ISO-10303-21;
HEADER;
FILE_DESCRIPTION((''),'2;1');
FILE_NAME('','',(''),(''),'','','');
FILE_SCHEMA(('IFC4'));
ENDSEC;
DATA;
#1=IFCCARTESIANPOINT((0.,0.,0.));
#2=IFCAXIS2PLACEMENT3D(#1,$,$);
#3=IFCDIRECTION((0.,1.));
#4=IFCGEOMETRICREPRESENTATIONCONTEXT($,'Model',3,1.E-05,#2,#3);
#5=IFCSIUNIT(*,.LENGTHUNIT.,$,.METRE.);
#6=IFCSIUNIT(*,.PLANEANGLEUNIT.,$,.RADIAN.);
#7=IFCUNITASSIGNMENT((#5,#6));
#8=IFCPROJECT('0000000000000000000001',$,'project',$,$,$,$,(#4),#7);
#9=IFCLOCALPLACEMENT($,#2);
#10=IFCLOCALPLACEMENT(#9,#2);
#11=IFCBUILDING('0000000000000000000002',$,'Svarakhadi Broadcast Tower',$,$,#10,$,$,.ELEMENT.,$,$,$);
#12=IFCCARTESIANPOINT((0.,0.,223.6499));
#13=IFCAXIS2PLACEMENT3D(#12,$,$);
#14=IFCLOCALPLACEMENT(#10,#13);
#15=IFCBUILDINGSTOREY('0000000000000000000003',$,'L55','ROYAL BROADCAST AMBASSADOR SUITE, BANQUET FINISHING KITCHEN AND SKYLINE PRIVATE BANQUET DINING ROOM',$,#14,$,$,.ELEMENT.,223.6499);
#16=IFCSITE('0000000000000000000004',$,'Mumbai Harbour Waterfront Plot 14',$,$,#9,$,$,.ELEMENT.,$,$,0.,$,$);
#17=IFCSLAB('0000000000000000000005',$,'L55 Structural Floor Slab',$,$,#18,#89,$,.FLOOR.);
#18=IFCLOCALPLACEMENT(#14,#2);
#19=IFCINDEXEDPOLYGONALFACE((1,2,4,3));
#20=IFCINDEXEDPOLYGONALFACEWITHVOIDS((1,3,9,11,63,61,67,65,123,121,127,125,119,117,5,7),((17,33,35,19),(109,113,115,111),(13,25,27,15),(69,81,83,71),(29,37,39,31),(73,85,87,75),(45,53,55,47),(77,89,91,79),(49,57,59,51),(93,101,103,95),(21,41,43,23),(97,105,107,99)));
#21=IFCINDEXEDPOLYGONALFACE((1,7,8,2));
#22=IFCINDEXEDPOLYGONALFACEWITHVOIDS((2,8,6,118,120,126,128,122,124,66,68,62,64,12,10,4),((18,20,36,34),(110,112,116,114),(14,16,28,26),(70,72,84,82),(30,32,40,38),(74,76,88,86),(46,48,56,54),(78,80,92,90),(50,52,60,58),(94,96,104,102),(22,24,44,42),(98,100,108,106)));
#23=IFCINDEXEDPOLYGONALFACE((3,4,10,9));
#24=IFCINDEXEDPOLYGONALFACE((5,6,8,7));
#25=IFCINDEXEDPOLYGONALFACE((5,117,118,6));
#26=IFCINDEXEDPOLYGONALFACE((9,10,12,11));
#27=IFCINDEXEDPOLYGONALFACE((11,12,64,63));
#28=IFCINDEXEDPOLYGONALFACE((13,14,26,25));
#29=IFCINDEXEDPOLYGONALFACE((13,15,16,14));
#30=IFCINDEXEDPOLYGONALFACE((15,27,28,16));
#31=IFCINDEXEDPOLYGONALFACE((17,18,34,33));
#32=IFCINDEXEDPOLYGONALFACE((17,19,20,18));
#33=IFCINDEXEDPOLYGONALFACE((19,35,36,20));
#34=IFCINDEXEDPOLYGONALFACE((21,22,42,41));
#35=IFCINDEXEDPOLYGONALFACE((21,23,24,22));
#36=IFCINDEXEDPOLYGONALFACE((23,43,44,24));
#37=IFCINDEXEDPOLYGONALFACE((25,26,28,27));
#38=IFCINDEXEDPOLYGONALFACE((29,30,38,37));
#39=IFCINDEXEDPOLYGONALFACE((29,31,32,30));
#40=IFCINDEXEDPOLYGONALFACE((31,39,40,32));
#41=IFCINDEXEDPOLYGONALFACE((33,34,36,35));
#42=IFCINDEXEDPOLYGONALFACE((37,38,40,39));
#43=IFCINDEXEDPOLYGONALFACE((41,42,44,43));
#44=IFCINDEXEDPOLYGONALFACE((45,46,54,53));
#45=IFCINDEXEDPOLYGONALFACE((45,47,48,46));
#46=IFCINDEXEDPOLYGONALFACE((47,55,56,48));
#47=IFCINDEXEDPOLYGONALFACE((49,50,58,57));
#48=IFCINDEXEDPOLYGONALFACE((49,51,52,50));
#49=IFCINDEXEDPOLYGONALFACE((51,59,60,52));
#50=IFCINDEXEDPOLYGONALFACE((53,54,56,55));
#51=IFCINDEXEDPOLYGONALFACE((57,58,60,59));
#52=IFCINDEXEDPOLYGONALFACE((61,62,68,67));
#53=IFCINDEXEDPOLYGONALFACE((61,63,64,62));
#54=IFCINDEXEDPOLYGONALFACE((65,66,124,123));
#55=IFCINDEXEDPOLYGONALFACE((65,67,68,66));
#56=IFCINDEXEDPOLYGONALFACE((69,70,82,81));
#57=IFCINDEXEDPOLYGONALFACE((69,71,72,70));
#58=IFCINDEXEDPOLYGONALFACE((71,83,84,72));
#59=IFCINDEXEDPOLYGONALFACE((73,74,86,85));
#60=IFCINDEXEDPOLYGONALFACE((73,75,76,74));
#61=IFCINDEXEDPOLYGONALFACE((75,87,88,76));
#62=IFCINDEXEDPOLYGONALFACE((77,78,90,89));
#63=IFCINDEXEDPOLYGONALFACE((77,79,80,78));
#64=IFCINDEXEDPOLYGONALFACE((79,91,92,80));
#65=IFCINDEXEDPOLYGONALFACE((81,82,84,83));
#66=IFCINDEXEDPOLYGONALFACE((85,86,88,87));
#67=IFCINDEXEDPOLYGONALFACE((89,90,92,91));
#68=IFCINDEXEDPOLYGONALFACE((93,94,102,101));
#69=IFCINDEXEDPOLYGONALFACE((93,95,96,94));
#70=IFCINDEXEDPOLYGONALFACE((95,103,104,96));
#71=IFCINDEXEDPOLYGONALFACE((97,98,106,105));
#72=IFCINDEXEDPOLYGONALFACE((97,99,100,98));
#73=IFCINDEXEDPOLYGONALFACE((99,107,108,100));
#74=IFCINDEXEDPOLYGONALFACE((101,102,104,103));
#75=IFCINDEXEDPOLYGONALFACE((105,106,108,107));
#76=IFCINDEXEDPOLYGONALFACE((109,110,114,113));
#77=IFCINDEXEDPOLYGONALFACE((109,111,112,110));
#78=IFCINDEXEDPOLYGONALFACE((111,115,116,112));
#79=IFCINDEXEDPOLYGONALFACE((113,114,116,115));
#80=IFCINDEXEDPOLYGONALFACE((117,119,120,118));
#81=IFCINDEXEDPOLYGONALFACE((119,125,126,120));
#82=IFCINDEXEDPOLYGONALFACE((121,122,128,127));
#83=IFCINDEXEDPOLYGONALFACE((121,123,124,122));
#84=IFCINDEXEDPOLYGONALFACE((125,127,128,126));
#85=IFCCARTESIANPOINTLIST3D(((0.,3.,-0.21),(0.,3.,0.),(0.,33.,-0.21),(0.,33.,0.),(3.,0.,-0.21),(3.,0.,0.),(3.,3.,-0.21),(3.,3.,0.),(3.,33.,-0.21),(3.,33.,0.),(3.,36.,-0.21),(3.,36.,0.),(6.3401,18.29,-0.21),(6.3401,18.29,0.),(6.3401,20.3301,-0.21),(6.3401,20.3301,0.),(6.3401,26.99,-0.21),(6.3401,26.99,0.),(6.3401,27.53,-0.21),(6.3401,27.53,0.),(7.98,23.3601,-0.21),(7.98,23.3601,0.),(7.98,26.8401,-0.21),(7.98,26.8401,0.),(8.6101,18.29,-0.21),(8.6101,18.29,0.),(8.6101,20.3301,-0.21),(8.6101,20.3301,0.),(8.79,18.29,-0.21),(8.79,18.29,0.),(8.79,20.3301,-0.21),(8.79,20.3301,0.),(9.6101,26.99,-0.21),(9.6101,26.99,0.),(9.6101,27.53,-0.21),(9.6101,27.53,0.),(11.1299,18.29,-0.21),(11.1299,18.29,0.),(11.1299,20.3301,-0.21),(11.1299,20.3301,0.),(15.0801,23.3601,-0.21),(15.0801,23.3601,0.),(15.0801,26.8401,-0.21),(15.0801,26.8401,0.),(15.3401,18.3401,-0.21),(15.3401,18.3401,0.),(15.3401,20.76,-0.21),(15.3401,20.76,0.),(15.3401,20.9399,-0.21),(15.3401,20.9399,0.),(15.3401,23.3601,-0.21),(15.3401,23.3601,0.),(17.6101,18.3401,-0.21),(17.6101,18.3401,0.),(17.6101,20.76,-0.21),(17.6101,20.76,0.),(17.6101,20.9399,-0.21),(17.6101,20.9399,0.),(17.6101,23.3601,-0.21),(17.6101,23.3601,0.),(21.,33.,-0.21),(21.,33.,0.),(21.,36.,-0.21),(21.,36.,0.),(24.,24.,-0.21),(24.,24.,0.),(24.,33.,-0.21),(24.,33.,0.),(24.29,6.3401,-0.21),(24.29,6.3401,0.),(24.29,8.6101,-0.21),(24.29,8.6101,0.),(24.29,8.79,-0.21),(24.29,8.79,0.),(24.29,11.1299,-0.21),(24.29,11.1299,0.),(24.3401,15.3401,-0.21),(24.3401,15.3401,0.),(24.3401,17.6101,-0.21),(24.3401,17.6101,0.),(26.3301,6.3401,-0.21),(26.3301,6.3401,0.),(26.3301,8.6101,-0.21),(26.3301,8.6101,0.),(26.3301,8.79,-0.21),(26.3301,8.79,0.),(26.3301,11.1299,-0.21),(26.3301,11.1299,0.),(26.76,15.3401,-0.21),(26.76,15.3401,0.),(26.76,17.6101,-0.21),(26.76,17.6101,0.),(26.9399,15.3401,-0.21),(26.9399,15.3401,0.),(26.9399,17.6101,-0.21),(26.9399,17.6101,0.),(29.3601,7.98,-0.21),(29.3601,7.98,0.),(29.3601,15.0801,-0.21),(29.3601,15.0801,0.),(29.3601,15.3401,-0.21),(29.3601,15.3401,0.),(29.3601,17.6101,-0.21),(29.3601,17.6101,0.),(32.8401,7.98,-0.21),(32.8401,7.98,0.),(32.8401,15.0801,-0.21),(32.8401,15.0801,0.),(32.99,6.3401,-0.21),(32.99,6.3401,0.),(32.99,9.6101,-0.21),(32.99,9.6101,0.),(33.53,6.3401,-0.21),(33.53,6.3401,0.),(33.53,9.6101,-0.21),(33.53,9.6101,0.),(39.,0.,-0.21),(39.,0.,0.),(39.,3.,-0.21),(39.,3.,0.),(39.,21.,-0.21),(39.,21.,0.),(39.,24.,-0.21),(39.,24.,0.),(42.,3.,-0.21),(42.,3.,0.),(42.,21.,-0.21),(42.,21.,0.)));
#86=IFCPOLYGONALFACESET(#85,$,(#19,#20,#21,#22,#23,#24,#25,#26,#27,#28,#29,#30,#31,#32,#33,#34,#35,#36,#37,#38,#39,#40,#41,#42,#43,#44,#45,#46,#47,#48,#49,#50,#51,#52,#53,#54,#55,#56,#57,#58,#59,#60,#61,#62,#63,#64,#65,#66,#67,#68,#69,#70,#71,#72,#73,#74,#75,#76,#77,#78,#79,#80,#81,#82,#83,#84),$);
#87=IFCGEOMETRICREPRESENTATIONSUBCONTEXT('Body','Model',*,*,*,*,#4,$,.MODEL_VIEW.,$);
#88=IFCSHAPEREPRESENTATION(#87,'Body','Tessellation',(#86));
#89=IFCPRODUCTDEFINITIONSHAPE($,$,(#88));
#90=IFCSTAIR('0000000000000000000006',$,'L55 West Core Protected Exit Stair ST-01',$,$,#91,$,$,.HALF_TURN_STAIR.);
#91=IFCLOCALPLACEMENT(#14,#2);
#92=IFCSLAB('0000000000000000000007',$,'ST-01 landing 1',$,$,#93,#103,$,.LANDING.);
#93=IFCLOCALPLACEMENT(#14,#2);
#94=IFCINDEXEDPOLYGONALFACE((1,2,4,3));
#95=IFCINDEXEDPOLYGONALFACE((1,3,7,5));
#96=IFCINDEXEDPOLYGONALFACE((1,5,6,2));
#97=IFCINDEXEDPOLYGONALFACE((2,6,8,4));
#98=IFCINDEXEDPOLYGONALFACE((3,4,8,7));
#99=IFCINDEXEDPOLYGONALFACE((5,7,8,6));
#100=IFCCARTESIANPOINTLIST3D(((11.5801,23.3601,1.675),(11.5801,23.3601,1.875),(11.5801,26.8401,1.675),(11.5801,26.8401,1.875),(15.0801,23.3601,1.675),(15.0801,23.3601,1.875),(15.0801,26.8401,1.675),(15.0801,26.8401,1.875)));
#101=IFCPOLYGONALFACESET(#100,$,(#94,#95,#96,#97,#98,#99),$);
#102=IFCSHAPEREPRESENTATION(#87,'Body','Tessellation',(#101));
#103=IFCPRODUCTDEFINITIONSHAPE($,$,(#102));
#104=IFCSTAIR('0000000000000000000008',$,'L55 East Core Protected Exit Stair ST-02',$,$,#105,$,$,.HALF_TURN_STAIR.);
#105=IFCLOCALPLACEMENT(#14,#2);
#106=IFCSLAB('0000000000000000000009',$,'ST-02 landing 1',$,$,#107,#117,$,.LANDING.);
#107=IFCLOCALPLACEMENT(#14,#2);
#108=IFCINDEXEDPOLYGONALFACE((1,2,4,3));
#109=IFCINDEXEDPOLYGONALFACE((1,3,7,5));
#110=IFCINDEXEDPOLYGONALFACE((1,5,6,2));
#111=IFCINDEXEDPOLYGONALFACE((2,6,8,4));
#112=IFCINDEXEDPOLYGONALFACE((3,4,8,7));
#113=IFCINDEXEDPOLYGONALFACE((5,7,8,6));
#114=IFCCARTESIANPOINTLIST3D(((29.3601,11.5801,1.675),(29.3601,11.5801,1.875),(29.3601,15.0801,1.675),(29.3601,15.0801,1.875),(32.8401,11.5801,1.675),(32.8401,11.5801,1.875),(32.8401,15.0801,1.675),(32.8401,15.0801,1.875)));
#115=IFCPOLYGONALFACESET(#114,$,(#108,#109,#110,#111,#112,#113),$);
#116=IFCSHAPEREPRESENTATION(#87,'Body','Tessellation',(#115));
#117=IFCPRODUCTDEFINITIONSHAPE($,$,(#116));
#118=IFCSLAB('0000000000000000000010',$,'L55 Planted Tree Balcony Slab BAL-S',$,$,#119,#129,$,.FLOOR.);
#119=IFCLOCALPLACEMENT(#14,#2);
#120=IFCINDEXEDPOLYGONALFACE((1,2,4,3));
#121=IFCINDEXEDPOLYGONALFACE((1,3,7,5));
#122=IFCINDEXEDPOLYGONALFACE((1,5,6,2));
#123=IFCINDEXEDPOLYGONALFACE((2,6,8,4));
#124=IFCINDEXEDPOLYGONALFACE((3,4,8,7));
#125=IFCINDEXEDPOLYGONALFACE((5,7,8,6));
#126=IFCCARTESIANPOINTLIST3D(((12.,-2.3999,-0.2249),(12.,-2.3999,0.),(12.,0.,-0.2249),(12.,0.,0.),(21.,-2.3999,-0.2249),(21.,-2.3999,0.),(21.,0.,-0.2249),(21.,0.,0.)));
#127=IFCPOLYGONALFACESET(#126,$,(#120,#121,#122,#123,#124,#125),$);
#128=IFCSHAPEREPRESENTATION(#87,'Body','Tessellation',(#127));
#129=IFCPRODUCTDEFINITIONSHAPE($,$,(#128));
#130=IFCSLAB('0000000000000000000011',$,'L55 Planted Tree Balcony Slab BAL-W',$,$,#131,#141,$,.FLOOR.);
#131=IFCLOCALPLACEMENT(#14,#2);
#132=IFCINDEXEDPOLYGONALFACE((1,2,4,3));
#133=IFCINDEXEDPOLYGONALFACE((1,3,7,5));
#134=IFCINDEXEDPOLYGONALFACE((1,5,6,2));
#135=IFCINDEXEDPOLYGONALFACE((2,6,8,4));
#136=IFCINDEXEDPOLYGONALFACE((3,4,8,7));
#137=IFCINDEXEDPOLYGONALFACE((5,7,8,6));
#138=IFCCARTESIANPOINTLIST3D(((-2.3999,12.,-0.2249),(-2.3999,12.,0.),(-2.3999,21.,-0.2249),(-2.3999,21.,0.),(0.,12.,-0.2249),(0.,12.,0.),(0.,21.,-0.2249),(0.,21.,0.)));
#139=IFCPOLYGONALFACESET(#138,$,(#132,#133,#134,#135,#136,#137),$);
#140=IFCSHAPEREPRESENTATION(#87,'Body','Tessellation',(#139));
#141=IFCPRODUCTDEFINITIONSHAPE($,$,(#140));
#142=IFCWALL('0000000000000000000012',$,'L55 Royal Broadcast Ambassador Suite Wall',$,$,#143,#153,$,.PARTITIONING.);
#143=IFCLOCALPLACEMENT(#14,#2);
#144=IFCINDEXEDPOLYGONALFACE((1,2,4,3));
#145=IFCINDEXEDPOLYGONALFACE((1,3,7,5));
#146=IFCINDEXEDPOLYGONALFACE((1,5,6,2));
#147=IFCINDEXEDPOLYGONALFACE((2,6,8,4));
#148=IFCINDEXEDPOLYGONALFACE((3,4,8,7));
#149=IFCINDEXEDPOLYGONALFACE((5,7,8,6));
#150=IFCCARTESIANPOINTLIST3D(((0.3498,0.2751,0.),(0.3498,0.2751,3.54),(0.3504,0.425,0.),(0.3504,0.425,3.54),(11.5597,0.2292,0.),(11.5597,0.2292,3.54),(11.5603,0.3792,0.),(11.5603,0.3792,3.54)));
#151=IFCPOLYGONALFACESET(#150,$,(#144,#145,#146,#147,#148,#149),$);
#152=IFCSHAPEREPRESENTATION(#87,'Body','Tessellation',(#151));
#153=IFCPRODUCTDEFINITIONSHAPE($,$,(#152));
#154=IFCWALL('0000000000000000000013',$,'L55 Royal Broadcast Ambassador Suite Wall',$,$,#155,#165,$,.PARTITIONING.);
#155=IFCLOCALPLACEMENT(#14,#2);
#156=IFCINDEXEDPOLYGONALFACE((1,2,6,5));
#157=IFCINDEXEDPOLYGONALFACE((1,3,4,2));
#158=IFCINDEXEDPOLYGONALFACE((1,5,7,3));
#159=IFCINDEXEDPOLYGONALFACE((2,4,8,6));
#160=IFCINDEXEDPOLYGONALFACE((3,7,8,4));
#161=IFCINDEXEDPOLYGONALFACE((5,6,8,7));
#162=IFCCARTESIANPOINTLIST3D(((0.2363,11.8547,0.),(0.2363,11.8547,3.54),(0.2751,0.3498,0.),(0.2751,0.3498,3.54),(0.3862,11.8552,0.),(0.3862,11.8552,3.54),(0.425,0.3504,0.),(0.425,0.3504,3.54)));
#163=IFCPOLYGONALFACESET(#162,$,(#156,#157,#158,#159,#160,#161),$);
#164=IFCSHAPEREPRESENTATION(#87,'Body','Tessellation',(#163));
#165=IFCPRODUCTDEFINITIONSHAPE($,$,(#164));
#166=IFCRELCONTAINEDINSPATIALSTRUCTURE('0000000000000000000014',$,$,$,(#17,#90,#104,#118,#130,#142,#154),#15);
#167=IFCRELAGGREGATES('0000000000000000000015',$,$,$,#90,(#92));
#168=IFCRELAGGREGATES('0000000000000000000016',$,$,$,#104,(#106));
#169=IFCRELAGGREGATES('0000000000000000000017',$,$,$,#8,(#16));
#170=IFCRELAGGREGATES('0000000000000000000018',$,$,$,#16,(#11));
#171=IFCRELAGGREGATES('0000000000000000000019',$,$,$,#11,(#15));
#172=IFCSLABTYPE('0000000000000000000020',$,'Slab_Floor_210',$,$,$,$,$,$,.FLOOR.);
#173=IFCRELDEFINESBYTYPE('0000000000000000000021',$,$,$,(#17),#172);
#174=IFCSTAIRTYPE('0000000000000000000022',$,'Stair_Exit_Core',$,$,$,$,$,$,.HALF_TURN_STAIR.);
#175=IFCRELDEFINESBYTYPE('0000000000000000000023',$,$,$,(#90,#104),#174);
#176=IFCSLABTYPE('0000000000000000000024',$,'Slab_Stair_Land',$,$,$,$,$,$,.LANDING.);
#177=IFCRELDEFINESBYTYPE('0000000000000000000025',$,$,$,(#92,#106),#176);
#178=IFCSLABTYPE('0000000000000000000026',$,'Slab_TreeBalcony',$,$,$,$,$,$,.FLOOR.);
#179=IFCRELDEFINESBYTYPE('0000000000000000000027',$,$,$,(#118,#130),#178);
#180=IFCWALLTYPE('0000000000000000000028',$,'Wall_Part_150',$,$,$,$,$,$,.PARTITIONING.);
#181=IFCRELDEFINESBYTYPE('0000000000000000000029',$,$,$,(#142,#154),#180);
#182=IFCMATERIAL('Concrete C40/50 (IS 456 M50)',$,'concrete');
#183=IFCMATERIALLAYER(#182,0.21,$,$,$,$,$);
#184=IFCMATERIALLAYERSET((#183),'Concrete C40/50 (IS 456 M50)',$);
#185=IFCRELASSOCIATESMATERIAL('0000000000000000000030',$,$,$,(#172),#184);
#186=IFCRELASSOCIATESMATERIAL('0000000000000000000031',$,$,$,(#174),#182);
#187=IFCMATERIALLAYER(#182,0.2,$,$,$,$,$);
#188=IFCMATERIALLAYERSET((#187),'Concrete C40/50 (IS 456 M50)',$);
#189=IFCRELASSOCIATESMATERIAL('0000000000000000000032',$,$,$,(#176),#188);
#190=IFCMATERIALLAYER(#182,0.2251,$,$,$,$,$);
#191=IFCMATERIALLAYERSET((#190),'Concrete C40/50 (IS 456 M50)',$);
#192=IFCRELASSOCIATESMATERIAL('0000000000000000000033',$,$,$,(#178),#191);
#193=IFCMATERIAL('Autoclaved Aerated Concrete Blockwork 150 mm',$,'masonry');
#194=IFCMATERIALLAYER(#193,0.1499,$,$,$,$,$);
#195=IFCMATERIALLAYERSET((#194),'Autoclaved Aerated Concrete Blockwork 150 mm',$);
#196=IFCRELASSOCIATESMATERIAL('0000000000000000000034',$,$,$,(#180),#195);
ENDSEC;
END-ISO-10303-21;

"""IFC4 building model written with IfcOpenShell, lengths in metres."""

from ifc_helpers import new_model, si_unit, direction, frame, frame_2d, origin, place, context, subcontext, project, spatial, polyline, rectangle, outline, extrude, material, layer, layer_set, type_object, element, aggregate, save


model = new_model("IFC4")

# Units and contexts
model_context = context("Model", 3, precision=1e-05, world=origin(), true_north=direction((0.0, 1.0)))
body_context = subcontext(model_context, "Body", "Model", "MODEL_VIEW")
ifc_project = project(units=[si_unit("LENGTHUNIT", "METRE"), si_unit("PLANEANGLEUNIT", "RADIAN")], contexts=[model_context])

# Site, building, storey
site_placement = place(None, origin())
site = spatial("IfcSite", under=ifc_project, at=site_placement, Name="Mumbai Harbour Waterfront Plot 14", CompositionType="ELEMENT", RefElevation=0.0)
building_placement = place(site_placement, origin())
building = spatial("IfcBuilding", under=site, at=building_placement, Name="Svarakhadi Broadcast Tower", CompositionType="ELEMENT")
storey_placement = place(building_placement, frame((0.0, 0.0, 223.6499)))
storey = spatial("IfcBuildingStorey", under=building, at=storey_placement, Name="L55", Description="ROYAL BROADCAST AMBASSADOR SUITE, BANQUET FINISHING KITCHEN AND SKYLINE PRIVATE BANQUET DINING ROOM", CompositionType="ELEMENT", Elevation=223.6499)

# Slab
ifc_material_1 = material(Name="Concrete C40/50 (IS 456 M50)", Category="concrete")
ifc_layer_1 = layer(ifc_material_1, 0.21)
ifc_layer_set_1 = layer_set([ifc_layer_1], Name="Concrete C40/50 (IS 456 M50)")
slab_type_1 = type_object("IfcSlabType", Name="Slab_Floor_210", PredefinedType="FLOOR", material=ifc_layer_set_1)
slab_1_placement = place(storey_placement, frame((0.0, 0.0, -0.21)))
element("IfcSlab", 1, at=slab_1_placement, inside=storey, type_object=slab_type_1, Name="L55 Structural Floor Slab", PredefinedType="FLOOR", context=body_context, shape_type="SweptSolid", body=[
    extrude(outline(polyline([(3.0, 0.0), (39.0, 0.0), (39.0, 3.0), (42.0, 3.0), (42.0, 21.0), (39.0, 21.0), (39.0, 24.0), (24.0, 24.0), (24.0, 33.0), (21.0, 33.0), (21.0, 36.0), (3.0, 36.0), (3.0, 33.0), (0.0, 33.0), (0.0, 3.0), (3.0, 3.0), (3.0, 0.0)]), holes=[polyline([(7.98, 23.3601), (15.0801, 23.3601), (15.0801, 26.8401), (7.98, 26.8401), (7.98, 23.3601)]), polyline([(32.8401, 7.98), (32.8401, 15.0801), (29.3601, 15.0801), (29.3601, 7.98), (32.8401, 7.98)]), polyline([(6.3401, 18.29), (8.6101, 18.29), (8.6101, 20.3301), (6.3401, 20.3301), (6.3401, 18.29)]), polyline([(8.79, 18.29), (11.1299, 18.29), (11.1299, 20.3301), (8.79, 20.3301), (8.79, 18.29)]), polyline([(24.29, 6.3401), (26.3301, 6.3401), (26.3301, 8.6101), (24.29, 8.6101), (24.29, 6.3401)]), polyline([(24.29, 8.79), (26.3301, 8.79), (26.3301, 11.1299), (24.29, 11.1299), (24.29, 8.79)]), polyline([(6.3401, 26.99), (9.6101, 26.99), (9.6101, 27.53), (6.3401, 27.53), (6.3401, 26.99)]), polyline([(32.99, 6.3401), (33.53, 6.3401), (33.53, 9.6101), (32.99, 9.6101), (32.99, 6.3401)]), polyline([(15.3401, 18.3401), (17.6101, 18.3401), (17.6101, 20.76), (15.3401, 20.76), (15.3401, 18.3401)]), polyline([(15.3401, 20.9399), (17.6101, 20.9399), (17.6101, 23.3601), (15.3401, 23.3601), (15.3401, 20.9399)]), polyline([(24.3401, 15.3401), (26.76, 15.3401), (26.76, 17.6101), (24.3401, 17.6101), (24.3401, 15.3401)]), polyline([(26.9399, 15.3401), (29.3601, 15.3401), (29.3601, 17.6101), (26.9399, 17.6101), (26.9399, 15.3401)])]), origin(), (0.0, 0.0, 1.0), 0.21),
])

# Stairs, slabs
stair_type = type_object("IfcStairType", Name="Stair_Exit_Core", PredefinedType="HALF_TURN_STAIR", material=ifc_material_1)
stair_1_placement = place(storey_placement, origin())
stair_1 = element("IfcStair", 2, at=stair_1_placement, inside=storey, type_object=stair_type, Name="L55 West Core Protected Exit Stair ST-01", PredefinedType="HALF_TURN_STAIR")
ifc_layer_2 = layer(ifc_material_1, 0.2)
ifc_layer_set_2 = layer_set([ifc_layer_2], Name="Concrete C40/50 (IS 456 M50)")
slab_type_2 = type_object("IfcSlabType", Name="Slab_Stair_Land", PredefinedType="LANDING", material=ifc_layer_set_2)
slab_2_placement = place(storey_placement, frame((0.0, 0.0, 1.675)))
slab_2 = element("IfcSlab", 3, at=slab_2_placement, type_object=slab_type_2, Name="ST-01 landing 1", PredefinedType="LANDING", context=body_context, shape_type="SweptSolid", body=[
    extrude(outline(polyline([(11.5801, 23.3601), (15.0801, 23.3601), (15.0801, 26.8401), (11.5801, 26.8401), (11.5801, 23.3601)])), origin(), (0.0, 0.0, 1.0), 0.2),
])
aggregate(stair_1, [slab_2])
stair_2_placement = place(storey_placement, origin())
stair_2 = element("IfcStair", 4, at=stair_2_placement, inside=storey, type_object=stair_type, Name="L55 East Core Protected Exit Stair ST-02", PredefinedType="HALF_TURN_STAIR")
slab_3_placement = place(storey_placement, frame((0.0, 0.0, 1.675)))
slab_3 = element("IfcSlab", 5, at=slab_3_placement, type_object=slab_type_2, Name="ST-02 landing 1", PredefinedType="LANDING", context=body_context, shape_type="SweptSolid", body=[
    extrude(outline(polyline([(32.8401, 11.5801), (32.8401, 15.0801), (29.3601, 15.0801), (29.3601, 11.5801), (32.8401, 11.5801)])), origin(), (0.0, 0.0, 1.0), 0.2),
])
aggregate(stair_2, [slab_3])

# Slabs
ifc_layer_3 = layer(ifc_material_1, 0.2251)
ifc_layer_set_3 = layer_set([ifc_layer_3], Name="Concrete C40/50 (IS 456 M50)")
slab_type_3 = type_object("IfcSlabType", Name="Slab_TreeBalcony", PredefinedType="FLOOR", material=ifc_layer_set_3)
slab_4_placement = place(storey_placement, frame((0.0, 0.0, -0.2249)))
element("IfcSlab", 6, at=slab_4_placement, inside=storey, type_object=slab_type_3, Name="L55 Planted Tree Balcony Slab BAL-S", PredefinedType="FLOOR", context=body_context, shape_type="SweptSolid", body=[
    extrude(outline(polyline([(12.0, -2.3999), (21.0, -2.3999), (21.0, 0.0), (12.0, 0.0), (12.0, -2.3999)])), origin(), (0.0, 0.0, 1.0), 0.2249),
])
slab_5_placement = place(storey_placement, frame((0.0, 0.0, -0.2249)))
element("IfcSlab", 7, at=slab_5_placement, inside=storey, type_object=slab_type_3, Name="L55 Planted Tree Balcony Slab BAL-W", PredefinedType="FLOOR", context=body_context, shape_type="SweptSolid", body=[
    extrude(outline(polyline([(-2.3999, 12.0), (0.0, 12.0), (0.0, 21.0), (-2.3999, 21.0), (-2.3999, 12.0)])), origin(), (0.0, 0.0, 1.0), 0.2249),
])

# Walls
ifc_material_2 = material(Name="Autoclaved Aerated Concrete Blockwork 150 mm", Category="masonry")
ifc_layer_4 = layer(ifc_material_2, 0.1499)
ifc_layer_set_4 = layer_set([ifc_layer_4], Name="Autoclaved Aerated Concrete Blockwork 150 mm")
wall_type = type_object("IfcWallType", Name="Wall_Part_150", PredefinedType="PARTITIONING", material=ifc_layer_set_4)
wall_1_placement = place(storey_placement, frame((0.3501, 0.3501, 0.0), z_axis=(0.0, 0.0, 1.0), x_axis=(0.999992, -0.004094, 0.0)))
element("IfcWall", 8, at=wall_1_placement, inside=storey, type_object=wall_type, Name="L55 Royal Broadcast Ambassador Suite Wall", PredefinedType="PARTITIONING", context=body_context, shape_type="SweptSolid", body=[
    extrude(rectangle(XDim=11.21, YDim=0.1499, at=frame_2d((5.605, 0.0))), origin(), (0.0, 0.0, 1.0), 3.54),
])
wall_2_placement = place(storey_placement, frame((0.3501, 0.3501, 0.0), z_axis=(0.0, 0.0, 1.0), x_axis=(-0.003374, 0.999994, 0.0)))
element("IfcWall", 9, at=wall_2_placement, inside=storey, type_object=wall_type, Name="L55 Royal Broadcast Ambassador Suite Wall", PredefinedType="PARTITIONING", context=body_context, shape_type="SweptSolid", body=[
    extrude(rectangle(XDim=11.5049, YDim=0.1499, at=frame_2d((5.7524, 0.0))), origin(), (0.0, 0.0, 1.0), 3.54),
])

save(model, "model.ifc")
